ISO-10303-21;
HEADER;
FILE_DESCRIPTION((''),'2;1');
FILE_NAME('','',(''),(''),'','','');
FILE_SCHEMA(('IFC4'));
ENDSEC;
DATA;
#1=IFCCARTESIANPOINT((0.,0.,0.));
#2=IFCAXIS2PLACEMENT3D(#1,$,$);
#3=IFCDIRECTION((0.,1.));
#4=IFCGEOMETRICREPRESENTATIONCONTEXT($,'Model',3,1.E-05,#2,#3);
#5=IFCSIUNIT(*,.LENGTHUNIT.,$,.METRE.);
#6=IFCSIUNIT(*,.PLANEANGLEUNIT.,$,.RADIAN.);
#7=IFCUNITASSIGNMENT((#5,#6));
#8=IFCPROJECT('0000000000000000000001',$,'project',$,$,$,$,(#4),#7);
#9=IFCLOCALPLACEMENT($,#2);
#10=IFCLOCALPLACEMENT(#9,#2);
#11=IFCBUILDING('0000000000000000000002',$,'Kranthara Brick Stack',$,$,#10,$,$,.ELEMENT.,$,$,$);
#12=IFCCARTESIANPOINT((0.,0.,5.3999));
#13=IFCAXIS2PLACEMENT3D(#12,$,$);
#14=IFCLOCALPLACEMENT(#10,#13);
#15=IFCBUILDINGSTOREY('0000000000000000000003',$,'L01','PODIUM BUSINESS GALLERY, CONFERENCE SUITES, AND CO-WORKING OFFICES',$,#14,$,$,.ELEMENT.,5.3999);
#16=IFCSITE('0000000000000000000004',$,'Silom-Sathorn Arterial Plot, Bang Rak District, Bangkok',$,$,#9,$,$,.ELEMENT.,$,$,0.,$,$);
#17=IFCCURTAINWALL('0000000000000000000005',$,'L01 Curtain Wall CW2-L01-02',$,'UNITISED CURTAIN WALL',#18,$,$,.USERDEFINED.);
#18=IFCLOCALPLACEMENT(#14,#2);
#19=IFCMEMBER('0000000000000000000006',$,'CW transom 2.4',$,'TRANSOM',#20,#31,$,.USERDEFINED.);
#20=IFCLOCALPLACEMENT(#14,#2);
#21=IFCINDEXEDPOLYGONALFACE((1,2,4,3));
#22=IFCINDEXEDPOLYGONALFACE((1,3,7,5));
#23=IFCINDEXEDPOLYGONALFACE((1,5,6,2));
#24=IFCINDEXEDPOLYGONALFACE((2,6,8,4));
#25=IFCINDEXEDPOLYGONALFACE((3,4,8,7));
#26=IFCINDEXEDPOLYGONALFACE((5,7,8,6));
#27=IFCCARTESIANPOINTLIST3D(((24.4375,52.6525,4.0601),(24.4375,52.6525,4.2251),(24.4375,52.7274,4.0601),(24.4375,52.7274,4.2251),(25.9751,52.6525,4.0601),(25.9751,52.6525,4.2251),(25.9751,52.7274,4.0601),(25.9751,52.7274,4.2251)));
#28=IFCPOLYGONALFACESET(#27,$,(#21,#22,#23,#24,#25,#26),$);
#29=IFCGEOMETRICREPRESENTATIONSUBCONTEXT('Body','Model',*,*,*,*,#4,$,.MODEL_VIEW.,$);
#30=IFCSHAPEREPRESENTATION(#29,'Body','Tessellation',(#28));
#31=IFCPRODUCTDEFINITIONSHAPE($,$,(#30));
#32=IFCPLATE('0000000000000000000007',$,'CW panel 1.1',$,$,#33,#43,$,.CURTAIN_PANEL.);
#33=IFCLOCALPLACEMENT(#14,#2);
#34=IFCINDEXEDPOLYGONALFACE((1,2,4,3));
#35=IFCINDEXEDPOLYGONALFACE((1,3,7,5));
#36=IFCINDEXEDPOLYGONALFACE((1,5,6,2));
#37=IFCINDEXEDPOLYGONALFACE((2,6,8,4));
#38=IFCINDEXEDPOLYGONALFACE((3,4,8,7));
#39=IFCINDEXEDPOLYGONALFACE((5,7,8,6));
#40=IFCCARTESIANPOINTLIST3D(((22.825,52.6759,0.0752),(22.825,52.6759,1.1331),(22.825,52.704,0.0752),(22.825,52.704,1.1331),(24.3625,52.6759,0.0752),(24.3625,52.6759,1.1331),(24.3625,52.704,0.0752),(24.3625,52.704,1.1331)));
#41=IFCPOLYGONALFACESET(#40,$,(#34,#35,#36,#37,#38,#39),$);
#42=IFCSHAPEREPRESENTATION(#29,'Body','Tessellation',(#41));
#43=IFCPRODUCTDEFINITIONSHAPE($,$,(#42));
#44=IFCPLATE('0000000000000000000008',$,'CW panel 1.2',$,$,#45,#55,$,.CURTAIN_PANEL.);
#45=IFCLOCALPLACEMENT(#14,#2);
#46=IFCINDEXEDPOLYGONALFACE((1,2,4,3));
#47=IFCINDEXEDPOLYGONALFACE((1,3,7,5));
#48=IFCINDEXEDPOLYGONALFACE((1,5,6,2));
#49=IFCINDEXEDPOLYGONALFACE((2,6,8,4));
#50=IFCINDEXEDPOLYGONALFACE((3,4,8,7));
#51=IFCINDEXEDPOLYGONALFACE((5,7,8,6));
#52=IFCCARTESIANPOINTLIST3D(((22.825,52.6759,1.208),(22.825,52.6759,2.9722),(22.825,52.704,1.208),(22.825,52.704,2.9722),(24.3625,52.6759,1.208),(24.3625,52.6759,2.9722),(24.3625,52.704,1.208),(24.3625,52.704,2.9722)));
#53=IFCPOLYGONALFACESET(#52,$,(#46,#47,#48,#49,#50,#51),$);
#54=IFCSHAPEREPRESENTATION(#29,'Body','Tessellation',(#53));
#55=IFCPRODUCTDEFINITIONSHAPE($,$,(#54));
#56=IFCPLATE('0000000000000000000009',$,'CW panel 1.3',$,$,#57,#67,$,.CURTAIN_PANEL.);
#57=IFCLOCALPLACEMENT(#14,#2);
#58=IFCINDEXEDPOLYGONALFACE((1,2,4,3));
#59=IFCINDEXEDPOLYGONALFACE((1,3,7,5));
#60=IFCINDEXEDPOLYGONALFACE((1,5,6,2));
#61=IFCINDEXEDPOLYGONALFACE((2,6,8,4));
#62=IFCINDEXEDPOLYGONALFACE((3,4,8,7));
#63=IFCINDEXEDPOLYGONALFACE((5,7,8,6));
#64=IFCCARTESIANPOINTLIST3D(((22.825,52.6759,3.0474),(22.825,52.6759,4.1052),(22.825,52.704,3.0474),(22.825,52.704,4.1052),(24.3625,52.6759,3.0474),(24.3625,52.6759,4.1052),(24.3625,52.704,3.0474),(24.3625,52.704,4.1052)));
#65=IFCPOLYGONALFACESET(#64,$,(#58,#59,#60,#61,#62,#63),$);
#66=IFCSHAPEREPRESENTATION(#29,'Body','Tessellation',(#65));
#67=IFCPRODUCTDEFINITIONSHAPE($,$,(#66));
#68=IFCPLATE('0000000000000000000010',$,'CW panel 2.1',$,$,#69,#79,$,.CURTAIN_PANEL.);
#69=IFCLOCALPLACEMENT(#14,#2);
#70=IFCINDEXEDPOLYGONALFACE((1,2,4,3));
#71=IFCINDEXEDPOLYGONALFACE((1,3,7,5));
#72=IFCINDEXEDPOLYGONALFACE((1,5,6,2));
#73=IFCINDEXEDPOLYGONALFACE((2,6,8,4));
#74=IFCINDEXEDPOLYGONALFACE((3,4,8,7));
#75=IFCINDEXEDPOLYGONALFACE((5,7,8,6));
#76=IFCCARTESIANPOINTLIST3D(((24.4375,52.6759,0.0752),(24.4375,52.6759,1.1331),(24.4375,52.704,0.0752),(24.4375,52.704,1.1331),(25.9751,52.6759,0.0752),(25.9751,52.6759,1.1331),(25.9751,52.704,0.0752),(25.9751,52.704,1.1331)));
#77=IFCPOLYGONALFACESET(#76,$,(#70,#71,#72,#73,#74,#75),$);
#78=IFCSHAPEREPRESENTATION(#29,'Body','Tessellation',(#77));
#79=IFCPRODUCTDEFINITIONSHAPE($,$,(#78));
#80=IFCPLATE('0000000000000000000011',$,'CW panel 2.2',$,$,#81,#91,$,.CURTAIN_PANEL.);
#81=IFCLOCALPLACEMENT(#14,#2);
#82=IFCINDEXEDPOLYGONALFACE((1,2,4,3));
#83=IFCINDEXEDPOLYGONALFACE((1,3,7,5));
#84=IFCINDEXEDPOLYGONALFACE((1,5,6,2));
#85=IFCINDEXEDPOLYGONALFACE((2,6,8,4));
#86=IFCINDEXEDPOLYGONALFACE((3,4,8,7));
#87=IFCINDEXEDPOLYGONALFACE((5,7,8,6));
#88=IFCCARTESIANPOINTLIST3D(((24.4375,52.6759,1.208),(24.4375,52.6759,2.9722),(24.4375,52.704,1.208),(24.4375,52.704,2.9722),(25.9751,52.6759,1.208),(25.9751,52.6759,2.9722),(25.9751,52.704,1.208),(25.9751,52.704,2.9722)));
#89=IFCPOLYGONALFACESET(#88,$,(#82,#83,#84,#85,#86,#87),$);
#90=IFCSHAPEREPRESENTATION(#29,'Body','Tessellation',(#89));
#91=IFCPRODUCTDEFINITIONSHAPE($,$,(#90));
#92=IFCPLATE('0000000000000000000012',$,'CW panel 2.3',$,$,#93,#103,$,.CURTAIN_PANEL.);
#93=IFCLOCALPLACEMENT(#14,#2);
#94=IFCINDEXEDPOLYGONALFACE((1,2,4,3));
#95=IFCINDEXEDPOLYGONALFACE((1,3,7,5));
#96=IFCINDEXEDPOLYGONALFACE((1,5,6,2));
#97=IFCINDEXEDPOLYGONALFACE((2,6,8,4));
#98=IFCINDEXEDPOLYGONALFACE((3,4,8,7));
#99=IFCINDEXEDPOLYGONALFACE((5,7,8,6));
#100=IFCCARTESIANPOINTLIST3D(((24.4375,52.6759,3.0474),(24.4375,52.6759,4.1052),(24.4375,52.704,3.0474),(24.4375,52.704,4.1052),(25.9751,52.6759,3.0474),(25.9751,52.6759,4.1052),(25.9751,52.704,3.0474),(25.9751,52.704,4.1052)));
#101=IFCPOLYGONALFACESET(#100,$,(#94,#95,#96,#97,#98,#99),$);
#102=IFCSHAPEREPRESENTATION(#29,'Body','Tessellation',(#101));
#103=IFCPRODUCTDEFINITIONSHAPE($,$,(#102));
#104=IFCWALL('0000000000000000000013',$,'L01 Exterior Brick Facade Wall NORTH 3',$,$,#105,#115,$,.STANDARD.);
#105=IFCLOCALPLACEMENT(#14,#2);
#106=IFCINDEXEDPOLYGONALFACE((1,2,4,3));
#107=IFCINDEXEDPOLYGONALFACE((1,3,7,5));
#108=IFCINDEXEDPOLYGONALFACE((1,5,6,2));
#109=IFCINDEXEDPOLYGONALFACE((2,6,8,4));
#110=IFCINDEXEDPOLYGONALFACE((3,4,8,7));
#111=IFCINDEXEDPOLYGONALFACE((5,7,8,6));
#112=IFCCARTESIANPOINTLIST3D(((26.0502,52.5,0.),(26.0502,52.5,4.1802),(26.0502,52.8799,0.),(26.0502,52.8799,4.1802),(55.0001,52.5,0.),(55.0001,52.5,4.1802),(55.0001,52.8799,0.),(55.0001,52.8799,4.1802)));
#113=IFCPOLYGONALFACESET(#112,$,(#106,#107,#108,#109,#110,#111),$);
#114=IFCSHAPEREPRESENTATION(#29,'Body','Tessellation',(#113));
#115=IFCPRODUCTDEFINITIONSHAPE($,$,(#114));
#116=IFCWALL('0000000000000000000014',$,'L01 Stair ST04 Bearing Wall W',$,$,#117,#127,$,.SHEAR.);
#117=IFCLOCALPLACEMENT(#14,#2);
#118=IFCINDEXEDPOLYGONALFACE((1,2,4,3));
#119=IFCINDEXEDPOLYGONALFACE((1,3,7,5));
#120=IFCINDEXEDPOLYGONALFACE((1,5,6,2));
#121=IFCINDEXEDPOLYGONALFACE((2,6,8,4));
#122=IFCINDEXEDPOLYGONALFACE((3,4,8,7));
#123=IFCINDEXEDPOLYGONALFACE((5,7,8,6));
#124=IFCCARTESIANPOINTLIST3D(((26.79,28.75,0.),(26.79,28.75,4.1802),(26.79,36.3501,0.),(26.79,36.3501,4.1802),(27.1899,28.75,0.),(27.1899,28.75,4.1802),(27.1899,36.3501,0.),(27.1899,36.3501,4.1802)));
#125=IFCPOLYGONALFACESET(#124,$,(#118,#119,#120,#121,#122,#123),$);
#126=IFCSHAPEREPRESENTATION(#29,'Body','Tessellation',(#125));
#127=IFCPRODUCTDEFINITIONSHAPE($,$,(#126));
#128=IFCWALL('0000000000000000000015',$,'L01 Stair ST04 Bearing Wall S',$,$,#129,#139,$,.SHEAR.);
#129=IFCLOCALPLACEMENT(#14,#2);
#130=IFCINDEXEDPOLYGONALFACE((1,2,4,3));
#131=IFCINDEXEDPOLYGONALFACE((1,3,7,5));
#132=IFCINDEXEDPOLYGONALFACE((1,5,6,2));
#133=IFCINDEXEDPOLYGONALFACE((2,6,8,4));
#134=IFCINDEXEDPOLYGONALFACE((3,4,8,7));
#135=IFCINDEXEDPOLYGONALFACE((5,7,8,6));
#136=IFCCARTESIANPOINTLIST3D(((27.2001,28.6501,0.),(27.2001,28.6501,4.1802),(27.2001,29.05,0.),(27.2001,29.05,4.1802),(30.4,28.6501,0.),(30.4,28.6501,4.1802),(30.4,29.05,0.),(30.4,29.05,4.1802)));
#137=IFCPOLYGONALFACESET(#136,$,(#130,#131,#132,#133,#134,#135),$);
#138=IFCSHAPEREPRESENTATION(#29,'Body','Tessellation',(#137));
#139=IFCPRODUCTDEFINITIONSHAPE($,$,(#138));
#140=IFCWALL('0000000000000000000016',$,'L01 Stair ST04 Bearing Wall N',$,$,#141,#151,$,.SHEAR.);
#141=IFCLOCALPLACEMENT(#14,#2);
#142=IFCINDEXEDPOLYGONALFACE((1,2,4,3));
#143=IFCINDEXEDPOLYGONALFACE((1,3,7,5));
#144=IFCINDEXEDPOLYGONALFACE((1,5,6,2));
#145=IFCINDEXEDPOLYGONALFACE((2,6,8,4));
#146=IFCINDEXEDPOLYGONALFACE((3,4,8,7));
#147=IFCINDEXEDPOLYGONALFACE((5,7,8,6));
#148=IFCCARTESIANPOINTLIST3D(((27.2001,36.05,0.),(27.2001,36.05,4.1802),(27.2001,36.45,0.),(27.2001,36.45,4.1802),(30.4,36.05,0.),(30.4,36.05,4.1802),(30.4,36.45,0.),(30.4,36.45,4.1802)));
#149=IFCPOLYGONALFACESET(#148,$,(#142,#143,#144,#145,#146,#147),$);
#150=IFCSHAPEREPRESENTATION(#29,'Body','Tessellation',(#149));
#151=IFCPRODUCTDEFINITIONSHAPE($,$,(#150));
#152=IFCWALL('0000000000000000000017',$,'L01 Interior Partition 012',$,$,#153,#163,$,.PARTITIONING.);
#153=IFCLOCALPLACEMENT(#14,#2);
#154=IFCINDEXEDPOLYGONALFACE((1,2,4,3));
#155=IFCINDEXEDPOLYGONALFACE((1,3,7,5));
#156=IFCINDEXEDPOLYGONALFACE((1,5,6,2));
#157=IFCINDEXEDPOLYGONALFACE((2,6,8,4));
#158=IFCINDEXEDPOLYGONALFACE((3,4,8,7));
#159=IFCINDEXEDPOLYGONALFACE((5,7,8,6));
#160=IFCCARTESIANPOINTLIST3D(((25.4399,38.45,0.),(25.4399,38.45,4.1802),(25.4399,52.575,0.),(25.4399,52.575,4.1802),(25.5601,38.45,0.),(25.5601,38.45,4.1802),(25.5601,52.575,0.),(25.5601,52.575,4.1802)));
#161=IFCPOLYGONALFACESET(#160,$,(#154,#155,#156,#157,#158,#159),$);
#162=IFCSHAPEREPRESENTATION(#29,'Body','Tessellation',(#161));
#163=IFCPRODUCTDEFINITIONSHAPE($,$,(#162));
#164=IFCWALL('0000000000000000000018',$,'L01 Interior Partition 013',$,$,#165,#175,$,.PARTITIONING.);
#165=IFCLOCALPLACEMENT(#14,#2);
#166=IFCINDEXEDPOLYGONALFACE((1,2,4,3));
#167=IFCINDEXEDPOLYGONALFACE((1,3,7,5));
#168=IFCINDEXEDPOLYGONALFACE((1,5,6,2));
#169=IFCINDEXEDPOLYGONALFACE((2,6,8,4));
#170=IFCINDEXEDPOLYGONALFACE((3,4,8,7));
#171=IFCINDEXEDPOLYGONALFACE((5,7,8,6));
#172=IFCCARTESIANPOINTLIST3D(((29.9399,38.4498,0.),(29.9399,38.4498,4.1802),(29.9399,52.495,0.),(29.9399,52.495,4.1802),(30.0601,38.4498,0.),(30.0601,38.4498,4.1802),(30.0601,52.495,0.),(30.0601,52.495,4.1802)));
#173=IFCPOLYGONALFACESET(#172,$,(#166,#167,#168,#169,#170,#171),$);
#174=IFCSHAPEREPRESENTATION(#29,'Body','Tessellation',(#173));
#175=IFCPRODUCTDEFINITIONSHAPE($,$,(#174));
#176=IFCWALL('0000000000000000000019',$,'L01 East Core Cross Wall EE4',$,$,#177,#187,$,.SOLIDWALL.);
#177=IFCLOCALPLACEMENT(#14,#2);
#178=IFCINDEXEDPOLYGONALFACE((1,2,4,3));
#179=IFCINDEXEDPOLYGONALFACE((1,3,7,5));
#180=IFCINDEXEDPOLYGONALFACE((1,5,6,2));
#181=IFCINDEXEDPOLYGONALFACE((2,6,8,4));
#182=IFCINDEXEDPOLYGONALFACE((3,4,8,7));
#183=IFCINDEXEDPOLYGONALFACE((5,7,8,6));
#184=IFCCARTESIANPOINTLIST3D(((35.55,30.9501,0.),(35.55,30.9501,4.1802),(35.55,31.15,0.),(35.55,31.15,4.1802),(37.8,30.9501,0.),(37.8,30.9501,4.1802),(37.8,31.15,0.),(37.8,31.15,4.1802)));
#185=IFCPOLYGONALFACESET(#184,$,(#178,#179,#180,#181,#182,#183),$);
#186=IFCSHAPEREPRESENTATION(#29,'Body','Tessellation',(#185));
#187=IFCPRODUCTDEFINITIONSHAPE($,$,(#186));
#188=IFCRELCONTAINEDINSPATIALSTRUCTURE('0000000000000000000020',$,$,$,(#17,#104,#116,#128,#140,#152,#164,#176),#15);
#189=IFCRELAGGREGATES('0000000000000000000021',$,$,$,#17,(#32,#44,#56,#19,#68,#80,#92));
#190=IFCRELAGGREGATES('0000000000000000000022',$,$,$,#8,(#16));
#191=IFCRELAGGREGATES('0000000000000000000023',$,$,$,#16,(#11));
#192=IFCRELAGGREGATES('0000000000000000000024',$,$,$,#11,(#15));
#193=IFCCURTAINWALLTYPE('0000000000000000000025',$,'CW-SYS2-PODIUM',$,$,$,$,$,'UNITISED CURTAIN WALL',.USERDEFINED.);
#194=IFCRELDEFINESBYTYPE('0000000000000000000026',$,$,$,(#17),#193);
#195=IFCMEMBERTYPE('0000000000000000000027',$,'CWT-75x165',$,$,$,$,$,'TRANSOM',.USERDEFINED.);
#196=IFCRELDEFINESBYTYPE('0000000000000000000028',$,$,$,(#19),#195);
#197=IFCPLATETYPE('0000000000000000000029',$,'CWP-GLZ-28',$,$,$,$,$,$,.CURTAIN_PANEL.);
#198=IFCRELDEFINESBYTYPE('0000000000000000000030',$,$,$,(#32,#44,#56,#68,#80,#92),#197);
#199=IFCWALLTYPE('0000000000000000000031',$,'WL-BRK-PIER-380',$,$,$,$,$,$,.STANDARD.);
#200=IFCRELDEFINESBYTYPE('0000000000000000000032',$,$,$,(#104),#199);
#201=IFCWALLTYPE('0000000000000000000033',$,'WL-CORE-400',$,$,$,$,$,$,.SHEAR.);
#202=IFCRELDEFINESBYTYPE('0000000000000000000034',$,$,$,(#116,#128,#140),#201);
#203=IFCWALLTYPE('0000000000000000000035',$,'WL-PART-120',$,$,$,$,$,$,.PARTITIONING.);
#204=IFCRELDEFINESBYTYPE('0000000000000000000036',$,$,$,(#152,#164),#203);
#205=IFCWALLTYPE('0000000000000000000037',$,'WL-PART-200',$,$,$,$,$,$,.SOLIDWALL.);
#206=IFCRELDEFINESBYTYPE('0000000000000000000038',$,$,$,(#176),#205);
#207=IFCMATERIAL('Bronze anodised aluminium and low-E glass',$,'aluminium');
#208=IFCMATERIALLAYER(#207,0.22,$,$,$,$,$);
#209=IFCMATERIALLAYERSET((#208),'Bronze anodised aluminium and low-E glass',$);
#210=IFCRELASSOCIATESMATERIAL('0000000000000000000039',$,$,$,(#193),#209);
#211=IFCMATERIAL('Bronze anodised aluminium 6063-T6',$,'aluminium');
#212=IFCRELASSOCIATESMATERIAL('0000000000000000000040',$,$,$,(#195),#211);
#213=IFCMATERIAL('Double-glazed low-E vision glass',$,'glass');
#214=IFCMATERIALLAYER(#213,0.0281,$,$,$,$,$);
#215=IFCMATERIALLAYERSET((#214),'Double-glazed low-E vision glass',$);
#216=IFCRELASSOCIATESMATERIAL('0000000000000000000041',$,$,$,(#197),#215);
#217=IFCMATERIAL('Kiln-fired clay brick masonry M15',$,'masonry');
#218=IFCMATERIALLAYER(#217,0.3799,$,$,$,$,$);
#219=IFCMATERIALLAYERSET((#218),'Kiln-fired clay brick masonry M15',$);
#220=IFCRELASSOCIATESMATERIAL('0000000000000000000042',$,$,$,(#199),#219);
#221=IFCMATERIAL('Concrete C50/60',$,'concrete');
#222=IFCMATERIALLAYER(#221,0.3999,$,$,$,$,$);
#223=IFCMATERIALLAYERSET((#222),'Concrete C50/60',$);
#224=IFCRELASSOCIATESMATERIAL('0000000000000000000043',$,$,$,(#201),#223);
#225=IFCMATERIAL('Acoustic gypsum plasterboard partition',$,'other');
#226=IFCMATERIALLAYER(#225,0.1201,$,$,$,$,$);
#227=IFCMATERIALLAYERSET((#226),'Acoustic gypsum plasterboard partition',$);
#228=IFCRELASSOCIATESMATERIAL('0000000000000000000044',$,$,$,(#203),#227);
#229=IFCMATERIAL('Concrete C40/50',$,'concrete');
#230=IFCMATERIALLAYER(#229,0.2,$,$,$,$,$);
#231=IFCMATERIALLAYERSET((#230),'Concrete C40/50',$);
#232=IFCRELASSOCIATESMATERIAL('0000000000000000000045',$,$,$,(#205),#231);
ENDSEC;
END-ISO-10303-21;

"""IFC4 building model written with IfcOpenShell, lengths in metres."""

from ifc_helpers import new_model, si_unit, direction, frame, frame_2d, origin, origin_2d, place, context, subcontext, project, spatial, rectangle, extrude, material, layer, layer_set, material_profile, profile_set, type_object, element, aggregate, save


model = new_model("IFC4")

# Units and contexts
model_context = context("Model", 3, precision=1e-05, world=origin(), true_north=direction((0.0, 1.0)))
body_context = subcontext(model_context, "Body", "Model", "MODEL_VIEW")
ifc_project = project(units=[si_unit("LENGTHUNIT", "METRE"), si_unit("PLANEANGLEUNIT", "RADIAN")], contexts=[model_context])

# Site, building, storey
site_placement = place(None, origin())
site = spatial("IfcSite", under=ifc_project, at=site_placement, Name="Silom-Sathorn Arterial Plot, Bang Rak District, Bangkok", CompositionType="ELEMENT", RefElevation=0.0)
building_placement = place(site_placement, origin())
building = spatial("IfcBuilding", under=site, at=building_placement, Name="Kranthara Brick Stack", CompositionType="ELEMENT")
storey_placement = place(building_placement, frame((0.0, 0.0, 5.3999)))
storey = spatial("IfcBuildingStorey", under=building, at=storey_placement, Name="L01", Description="PODIUM BUSINESS GALLERY, CONFERENCE SUITES, AND CO-WORKING OFFICES", CompositionType="ELEMENT", Elevation=5.3999)

# Curtain wall, member, plates
ifc_material_1 = material(Name="Bronze anodised aluminium and low-E glass", Category="aluminium")
ifc_layer_1 = layer(ifc_material_1, 0.22)
ifc_layer_set_1 = layer_set([ifc_layer_1], Name="Bronze anodised aluminium and low-E glass")
curtain_wall_type = type_object("IfcCurtainWallType", Name="CW-SYS2-PODIUM", ElementType="UNITISED CURTAIN WALL", PredefinedType="USERDEFINED", material=ifc_layer_set_1)
curtain_wall_placement = place(storey_placement, origin())
curtain_wall = element("IfcCurtainWall", 1, at=curtain_wall_placement, inside=storey, type_object=curtain_wall_type, Name="L01 Curtain Wall CW2-L01-02", ObjectType="UNITISED CURTAIN WALL", PredefinedType="USERDEFINED")
ifc_material_2 = material(Name="Bronze anodised aluminium 6063-T6", Category="aluminium")
ifc_material_profile_1 = material_profile(ifc_material_2, rectangle(XDim=0.075, YDim=0.165, at=origin_2d()), Name="ALU TRANSOM 75x165")
ifc_profile_set_1 = profile_set([ifc_material_profile_1], Name="Bronze anodised aluminium 6063-T6")
member_type_1 = type_object("IfcMemberType", Name="CWT-75x165", ElementType="TRANSOM", PredefinedType="USERDEFINED", material=ifc_profile_set_1)
member_1_placement = place(storey_placement, frame((24.4375, 52.6899, 4.1426), z_axis=(1.0, 0.0, 0.0), x_axis=(0.0, 1.0, 0.0)))
member_1 = element("IfcMember", 2, at=member_1_placement, type_object=member_type_1, Name="CW transom 2.4", ObjectType="TRANSOM", PredefinedType="USERDEFINED", context=body_context, shape_type="SweptSolid", body=[
    extrude(rectangle(XDim=0.075, YDim=0.165, at=origin_2d()), origin(), (0.0, 0.0, 1.0), 1.5376),
])
ifc_material_3 = material(Name="Double-glazed low-E vision glass", Category="glass")
ifc_layer_2 = layer(ifc_material_3, 0.0281)
ifc_layer_set_2 = layer_set([ifc_layer_2], Name="Double-glazed low-E vision glass")
plate_type = type_object("IfcPlateType", Name="CWP-GLZ-28", PredefinedType="CURTAIN_PANEL", material=ifc_layer_set_2)
plate_1_placement = place(storey_placement, frame((23.5938, 52.6899, 0.0752), z_axis=(0.0, 0.0, 1.0), x_axis=(1.0, 0.0, 0.0)))
plate_1 = element("IfcPlate", 3, at=plate_1_placement, type_object=plate_type, Name="CW panel 1.1", PredefinedType="CURTAIN_PANEL", context=body_context, shape_type="SweptSolid", body=[
    extrude(rectangle(XDim=1.5376, YDim=0.0281, at=origin_2d()), origin(), (0.0, 0.0, 1.0), 1.0579),
])
plate_2_placement = place(storey_placement, frame((23.5938, 52.6899, 1.208), z_axis=(0.0, 0.0, 1.0), x_axis=(1.0, 0.0, 0.0)))
plate_2 = element("IfcPlate", 4, at=plate_2_placement, type_object=plate_type, Name="CW panel 1.2", PredefinedType="CURTAIN_PANEL", context=body_context, shape_type="SweptSolid", body=[
    extrude(rectangle(XDim=1.5376, YDim=0.0281, at=origin_2d()), origin(), (0.0, 0.0, 1.0), 1.7642),
])
plate_3_placement = place(storey_placement, frame((23.5938, 52.6899, 3.0474), z_axis=(0.0, 0.0, 1.0), x_axis=(1.0, 0.0, 0.0)))
plate_3 = element("IfcPlate", 5, at=plate_3_placement, type_object=plate_type, Name="CW panel 1.3", PredefinedType="CURTAIN_PANEL", context=body_context, shape_type="SweptSolid", body=[
    extrude(rectangle(XDim=1.5376, YDim=0.0281, at=origin_2d()), origin(), (0.0, 0.0, 1.0), 1.0579),
])
plate_4_placement = place(storey_placement, frame((25.2063, 52.6899, 0.0752), z_axis=(0.0, 0.0, 1.0), x_axis=(1.0, 0.0, 0.0)))
plate_4 = element("IfcPlate", 6, at=plate_4_placement, type_object=plate_type, Name="CW panel 2.1", PredefinedType="CURTAIN_PANEL", context=body_context, shape_type="SweptSolid", body=[
    extrude(rectangle(XDim=1.5376, YDim=0.0281, at=origin_2d()), origin(), (0.0, 0.0, 1.0), 1.0579),
])
plate_5_placement = place(storey_placement, frame((25.2063, 52.6899, 1.208), z_axis=(0.0, 0.0, 1.0), x_axis=(1.0, 0.0, 0.0)))
plate_5 = element("IfcPlate", 7, at=plate_5_placement, type_object=plate_type, Name="CW panel 2.2", PredefinedType="CURTAIN_PANEL", context=body_context, shape_type="SweptSolid", body=[
    extrude(rectangle(XDim=1.5376, YDim=0.0281, at=origin_2d()), origin(), (0.0, 0.0, 1.0), 1.7642),
])
plate_6_placement = place(storey_placement, frame((25.2063, 52.6899, 3.0474), z_axis=(0.0, 0.0, 1.0), x_axis=(1.0, 0.0, 0.0)))
plate_6 = element("IfcPlate", 8, at=plate_6_placement, type_object=plate_type, Name="CW panel 2.3", PredefinedType="CURTAIN_PANEL", context=body_context, shape_type="SweptSolid", body=[
    extrude(rectangle(XDim=1.5376, YDim=0.0281, at=origin_2d()), origin(), (0.0, 0.0, 1.0), 1.0579),
])
aggregate(curtain_wall, [plate_1, plate_2, plate_3, member_1, plate_4, plate_5, plate_6])

# Walls
ifc_material_4 = material(Name="Kiln-fired clay brick masonry M15", Category="masonry")
ifc_layer_3 = layer(ifc_material_4, 0.3799)
ifc_layer_set_3 = layer_set([ifc_layer_3], Name="Kiln-fired clay brick masonry M15")
wall_type_1 = type_object("IfcWallType", Name="WL-BRK-PIER-380", PredefinedType="STANDARD", material=ifc_layer_set_3)
wall_1_placement = place(storey_placement, frame((26.05, 52.6899, 0.0), z_axis=(0.0, 0.0, 1.0), x_axis=(1.0, 0.0, 0.0)))
element("IfcWall", 9, at=wall_1_placement, inside=storey, type_object=wall_type_1, Name="L01 Exterior Brick Facade Wall NORTH 3", PredefinedType="STANDARD", context=body_context, shape_type="SweptSolid", body=[
    extrude(rectangle(XDim=28.95, YDim=0.3799, at=frame_2d((14.4751, 0.0))), origin(), (0.0, 0.0, 1.0), 4.1802),
])
ifc_material_5 = material(Name="Concrete C50/60", Category="concrete")
ifc_layer_4 = layer(ifc_material_5, 0.3999)
ifc_layer_set_4 = layer_set([ifc_layer_4], Name="Concrete C50/60")
wall_type_2 = type_object("IfcWallType", Name="WL-CORE-400", PredefinedType="SHEAR", material=ifc_layer_set_4)
wall_2_placement = place(storey_placement, frame((26.99, 28.75, 0.0), z_axis=(0.0, 0.0, 1.0), x_axis=(0.0, 1.0, 0.0)))
element("IfcWall", 10, at=wall_2_placement, inside=storey, type_object=wall_type_2, Name="L01 Stair ST04 Bearing Wall W", PredefinedType="SHEAR", context=body_context, shape_type="SweptSolid", body=[
    extrude(rectangle(XDim=7.6001, YDim=0.3999, at=frame_2d((3.8, 0.0))), origin(), (0.0, 0.0, 1.0), 4.1802),
])

# Walls
for number, where, z_axis, x_axis, name in (
    (11, (27.2, 28.8501, 0.0), (0.0, 0.0, 1.0), (1.0, 0.0, 0.0), "L01 Stair ST04 Bearing Wall S"),
    (12, (27.2, 36.25, 0.0), (0.0, 0.0, 1.0), (1.0, 0.0, 0.0), "L01 Stair ST04 Bearing Wall N"),
):
    element("IfcWall", number, at=place(storey_placement, frame(where, z_axis=z_axis, x_axis=x_axis)), inside=storey, type_object=wall_type_2, Name=name, PredefinedType="SHEAR", context=body_context, shape_type="SweptSolid", body=[
        extrude(rectangle(XDim=3.2, YDim=0.3999, at=frame_2d((1.6001, 0.0))), origin(), (0.0, 0.0, 1.0), 4.1802),
    ])
ifc_material_6 = material(Name="Acoustic gypsum plasterboard partition", Category="other")
ifc_layer_5 = layer(ifc_material_6, 0.1201)
ifc_layer_set_5 = layer_set([ifc_layer_5], Name="Acoustic gypsum plasterboard partition")
wall_type_3 = type_object("IfcWallType", Name="WL-PART-120", PredefinedType="PARTITIONING", material=ifc_layer_set_5)
wall_3_placement = place(storey_placement, frame((25.5, 38.45, 0.0), z_axis=(0.0, 0.0, 1.0), x_axis=(0.0, 1.0, 0.0)))
element("IfcWall", 13, at=wall_3_placement, inside=storey, type_object=wall_type_3, Name="L01 Interior Partition 012", PredefinedType="PARTITIONING", context=body_context, shape_type="SweptSolid", body=[
    extrude(rectangle(XDim=14.125, YDim=0.1201, at=frame_2d((7.0625, 0.0))), origin(), (0.0, 0.0, 1.0), 4.1802),
])
wall_4_placement = place(storey_placement, frame((30.0, 38.45, 0.0), z_axis=(0.0, 0.0, 1.0), x_axis=(0.0, 1.0, 0.0)))
element("IfcWall", 14, at=wall_4_placement, inside=storey, type_object=wall_type_3, Name="L01 Interior Partition 013", PredefinedType="PARTITIONING", context=body_context, shape_type="SweptSolid", body=[
    extrude(rectangle(XDim=14.0452, YDim=0.1201, at=frame_2d((7.0225, 0.0))), origin(), (0.0, 0.0, 1.0), 4.1802),
])
ifc_material_7 = material(Name="Concrete C40/50", Category="concrete")
ifc_layer_6 = layer(ifc_material_7, 0.2)
ifc_layer_set_6 = layer_set([ifc_layer_6], Name="Concrete C40/50")
wall_type_4 = type_object("IfcWallType", Name="WL-PART-200", PredefinedType="SOLIDWALL", material=ifc_layer_set_6)
wall_5_placement = place(storey_placement, frame((35.55, 31.05, 0.0), z_axis=(0.0, 0.0, 1.0), x_axis=(1.0, 0.0, 0.0)))
element("IfcWall", 15, at=wall_5_placement, inside=storey, type_object=wall_type_4, Name="L01 East Core Cross Wall EE4", PredefinedType="SOLIDWALL", context=body_context, shape_type="SweptSolid", body=[
    extrude(rectangle(XDim=2.25, YDim=0.2, at=frame_2d((1.125, 0.0))), origin(), (0.0, 0.0, 1.0), 4.1802),
])

save(model, "model.ifc")
